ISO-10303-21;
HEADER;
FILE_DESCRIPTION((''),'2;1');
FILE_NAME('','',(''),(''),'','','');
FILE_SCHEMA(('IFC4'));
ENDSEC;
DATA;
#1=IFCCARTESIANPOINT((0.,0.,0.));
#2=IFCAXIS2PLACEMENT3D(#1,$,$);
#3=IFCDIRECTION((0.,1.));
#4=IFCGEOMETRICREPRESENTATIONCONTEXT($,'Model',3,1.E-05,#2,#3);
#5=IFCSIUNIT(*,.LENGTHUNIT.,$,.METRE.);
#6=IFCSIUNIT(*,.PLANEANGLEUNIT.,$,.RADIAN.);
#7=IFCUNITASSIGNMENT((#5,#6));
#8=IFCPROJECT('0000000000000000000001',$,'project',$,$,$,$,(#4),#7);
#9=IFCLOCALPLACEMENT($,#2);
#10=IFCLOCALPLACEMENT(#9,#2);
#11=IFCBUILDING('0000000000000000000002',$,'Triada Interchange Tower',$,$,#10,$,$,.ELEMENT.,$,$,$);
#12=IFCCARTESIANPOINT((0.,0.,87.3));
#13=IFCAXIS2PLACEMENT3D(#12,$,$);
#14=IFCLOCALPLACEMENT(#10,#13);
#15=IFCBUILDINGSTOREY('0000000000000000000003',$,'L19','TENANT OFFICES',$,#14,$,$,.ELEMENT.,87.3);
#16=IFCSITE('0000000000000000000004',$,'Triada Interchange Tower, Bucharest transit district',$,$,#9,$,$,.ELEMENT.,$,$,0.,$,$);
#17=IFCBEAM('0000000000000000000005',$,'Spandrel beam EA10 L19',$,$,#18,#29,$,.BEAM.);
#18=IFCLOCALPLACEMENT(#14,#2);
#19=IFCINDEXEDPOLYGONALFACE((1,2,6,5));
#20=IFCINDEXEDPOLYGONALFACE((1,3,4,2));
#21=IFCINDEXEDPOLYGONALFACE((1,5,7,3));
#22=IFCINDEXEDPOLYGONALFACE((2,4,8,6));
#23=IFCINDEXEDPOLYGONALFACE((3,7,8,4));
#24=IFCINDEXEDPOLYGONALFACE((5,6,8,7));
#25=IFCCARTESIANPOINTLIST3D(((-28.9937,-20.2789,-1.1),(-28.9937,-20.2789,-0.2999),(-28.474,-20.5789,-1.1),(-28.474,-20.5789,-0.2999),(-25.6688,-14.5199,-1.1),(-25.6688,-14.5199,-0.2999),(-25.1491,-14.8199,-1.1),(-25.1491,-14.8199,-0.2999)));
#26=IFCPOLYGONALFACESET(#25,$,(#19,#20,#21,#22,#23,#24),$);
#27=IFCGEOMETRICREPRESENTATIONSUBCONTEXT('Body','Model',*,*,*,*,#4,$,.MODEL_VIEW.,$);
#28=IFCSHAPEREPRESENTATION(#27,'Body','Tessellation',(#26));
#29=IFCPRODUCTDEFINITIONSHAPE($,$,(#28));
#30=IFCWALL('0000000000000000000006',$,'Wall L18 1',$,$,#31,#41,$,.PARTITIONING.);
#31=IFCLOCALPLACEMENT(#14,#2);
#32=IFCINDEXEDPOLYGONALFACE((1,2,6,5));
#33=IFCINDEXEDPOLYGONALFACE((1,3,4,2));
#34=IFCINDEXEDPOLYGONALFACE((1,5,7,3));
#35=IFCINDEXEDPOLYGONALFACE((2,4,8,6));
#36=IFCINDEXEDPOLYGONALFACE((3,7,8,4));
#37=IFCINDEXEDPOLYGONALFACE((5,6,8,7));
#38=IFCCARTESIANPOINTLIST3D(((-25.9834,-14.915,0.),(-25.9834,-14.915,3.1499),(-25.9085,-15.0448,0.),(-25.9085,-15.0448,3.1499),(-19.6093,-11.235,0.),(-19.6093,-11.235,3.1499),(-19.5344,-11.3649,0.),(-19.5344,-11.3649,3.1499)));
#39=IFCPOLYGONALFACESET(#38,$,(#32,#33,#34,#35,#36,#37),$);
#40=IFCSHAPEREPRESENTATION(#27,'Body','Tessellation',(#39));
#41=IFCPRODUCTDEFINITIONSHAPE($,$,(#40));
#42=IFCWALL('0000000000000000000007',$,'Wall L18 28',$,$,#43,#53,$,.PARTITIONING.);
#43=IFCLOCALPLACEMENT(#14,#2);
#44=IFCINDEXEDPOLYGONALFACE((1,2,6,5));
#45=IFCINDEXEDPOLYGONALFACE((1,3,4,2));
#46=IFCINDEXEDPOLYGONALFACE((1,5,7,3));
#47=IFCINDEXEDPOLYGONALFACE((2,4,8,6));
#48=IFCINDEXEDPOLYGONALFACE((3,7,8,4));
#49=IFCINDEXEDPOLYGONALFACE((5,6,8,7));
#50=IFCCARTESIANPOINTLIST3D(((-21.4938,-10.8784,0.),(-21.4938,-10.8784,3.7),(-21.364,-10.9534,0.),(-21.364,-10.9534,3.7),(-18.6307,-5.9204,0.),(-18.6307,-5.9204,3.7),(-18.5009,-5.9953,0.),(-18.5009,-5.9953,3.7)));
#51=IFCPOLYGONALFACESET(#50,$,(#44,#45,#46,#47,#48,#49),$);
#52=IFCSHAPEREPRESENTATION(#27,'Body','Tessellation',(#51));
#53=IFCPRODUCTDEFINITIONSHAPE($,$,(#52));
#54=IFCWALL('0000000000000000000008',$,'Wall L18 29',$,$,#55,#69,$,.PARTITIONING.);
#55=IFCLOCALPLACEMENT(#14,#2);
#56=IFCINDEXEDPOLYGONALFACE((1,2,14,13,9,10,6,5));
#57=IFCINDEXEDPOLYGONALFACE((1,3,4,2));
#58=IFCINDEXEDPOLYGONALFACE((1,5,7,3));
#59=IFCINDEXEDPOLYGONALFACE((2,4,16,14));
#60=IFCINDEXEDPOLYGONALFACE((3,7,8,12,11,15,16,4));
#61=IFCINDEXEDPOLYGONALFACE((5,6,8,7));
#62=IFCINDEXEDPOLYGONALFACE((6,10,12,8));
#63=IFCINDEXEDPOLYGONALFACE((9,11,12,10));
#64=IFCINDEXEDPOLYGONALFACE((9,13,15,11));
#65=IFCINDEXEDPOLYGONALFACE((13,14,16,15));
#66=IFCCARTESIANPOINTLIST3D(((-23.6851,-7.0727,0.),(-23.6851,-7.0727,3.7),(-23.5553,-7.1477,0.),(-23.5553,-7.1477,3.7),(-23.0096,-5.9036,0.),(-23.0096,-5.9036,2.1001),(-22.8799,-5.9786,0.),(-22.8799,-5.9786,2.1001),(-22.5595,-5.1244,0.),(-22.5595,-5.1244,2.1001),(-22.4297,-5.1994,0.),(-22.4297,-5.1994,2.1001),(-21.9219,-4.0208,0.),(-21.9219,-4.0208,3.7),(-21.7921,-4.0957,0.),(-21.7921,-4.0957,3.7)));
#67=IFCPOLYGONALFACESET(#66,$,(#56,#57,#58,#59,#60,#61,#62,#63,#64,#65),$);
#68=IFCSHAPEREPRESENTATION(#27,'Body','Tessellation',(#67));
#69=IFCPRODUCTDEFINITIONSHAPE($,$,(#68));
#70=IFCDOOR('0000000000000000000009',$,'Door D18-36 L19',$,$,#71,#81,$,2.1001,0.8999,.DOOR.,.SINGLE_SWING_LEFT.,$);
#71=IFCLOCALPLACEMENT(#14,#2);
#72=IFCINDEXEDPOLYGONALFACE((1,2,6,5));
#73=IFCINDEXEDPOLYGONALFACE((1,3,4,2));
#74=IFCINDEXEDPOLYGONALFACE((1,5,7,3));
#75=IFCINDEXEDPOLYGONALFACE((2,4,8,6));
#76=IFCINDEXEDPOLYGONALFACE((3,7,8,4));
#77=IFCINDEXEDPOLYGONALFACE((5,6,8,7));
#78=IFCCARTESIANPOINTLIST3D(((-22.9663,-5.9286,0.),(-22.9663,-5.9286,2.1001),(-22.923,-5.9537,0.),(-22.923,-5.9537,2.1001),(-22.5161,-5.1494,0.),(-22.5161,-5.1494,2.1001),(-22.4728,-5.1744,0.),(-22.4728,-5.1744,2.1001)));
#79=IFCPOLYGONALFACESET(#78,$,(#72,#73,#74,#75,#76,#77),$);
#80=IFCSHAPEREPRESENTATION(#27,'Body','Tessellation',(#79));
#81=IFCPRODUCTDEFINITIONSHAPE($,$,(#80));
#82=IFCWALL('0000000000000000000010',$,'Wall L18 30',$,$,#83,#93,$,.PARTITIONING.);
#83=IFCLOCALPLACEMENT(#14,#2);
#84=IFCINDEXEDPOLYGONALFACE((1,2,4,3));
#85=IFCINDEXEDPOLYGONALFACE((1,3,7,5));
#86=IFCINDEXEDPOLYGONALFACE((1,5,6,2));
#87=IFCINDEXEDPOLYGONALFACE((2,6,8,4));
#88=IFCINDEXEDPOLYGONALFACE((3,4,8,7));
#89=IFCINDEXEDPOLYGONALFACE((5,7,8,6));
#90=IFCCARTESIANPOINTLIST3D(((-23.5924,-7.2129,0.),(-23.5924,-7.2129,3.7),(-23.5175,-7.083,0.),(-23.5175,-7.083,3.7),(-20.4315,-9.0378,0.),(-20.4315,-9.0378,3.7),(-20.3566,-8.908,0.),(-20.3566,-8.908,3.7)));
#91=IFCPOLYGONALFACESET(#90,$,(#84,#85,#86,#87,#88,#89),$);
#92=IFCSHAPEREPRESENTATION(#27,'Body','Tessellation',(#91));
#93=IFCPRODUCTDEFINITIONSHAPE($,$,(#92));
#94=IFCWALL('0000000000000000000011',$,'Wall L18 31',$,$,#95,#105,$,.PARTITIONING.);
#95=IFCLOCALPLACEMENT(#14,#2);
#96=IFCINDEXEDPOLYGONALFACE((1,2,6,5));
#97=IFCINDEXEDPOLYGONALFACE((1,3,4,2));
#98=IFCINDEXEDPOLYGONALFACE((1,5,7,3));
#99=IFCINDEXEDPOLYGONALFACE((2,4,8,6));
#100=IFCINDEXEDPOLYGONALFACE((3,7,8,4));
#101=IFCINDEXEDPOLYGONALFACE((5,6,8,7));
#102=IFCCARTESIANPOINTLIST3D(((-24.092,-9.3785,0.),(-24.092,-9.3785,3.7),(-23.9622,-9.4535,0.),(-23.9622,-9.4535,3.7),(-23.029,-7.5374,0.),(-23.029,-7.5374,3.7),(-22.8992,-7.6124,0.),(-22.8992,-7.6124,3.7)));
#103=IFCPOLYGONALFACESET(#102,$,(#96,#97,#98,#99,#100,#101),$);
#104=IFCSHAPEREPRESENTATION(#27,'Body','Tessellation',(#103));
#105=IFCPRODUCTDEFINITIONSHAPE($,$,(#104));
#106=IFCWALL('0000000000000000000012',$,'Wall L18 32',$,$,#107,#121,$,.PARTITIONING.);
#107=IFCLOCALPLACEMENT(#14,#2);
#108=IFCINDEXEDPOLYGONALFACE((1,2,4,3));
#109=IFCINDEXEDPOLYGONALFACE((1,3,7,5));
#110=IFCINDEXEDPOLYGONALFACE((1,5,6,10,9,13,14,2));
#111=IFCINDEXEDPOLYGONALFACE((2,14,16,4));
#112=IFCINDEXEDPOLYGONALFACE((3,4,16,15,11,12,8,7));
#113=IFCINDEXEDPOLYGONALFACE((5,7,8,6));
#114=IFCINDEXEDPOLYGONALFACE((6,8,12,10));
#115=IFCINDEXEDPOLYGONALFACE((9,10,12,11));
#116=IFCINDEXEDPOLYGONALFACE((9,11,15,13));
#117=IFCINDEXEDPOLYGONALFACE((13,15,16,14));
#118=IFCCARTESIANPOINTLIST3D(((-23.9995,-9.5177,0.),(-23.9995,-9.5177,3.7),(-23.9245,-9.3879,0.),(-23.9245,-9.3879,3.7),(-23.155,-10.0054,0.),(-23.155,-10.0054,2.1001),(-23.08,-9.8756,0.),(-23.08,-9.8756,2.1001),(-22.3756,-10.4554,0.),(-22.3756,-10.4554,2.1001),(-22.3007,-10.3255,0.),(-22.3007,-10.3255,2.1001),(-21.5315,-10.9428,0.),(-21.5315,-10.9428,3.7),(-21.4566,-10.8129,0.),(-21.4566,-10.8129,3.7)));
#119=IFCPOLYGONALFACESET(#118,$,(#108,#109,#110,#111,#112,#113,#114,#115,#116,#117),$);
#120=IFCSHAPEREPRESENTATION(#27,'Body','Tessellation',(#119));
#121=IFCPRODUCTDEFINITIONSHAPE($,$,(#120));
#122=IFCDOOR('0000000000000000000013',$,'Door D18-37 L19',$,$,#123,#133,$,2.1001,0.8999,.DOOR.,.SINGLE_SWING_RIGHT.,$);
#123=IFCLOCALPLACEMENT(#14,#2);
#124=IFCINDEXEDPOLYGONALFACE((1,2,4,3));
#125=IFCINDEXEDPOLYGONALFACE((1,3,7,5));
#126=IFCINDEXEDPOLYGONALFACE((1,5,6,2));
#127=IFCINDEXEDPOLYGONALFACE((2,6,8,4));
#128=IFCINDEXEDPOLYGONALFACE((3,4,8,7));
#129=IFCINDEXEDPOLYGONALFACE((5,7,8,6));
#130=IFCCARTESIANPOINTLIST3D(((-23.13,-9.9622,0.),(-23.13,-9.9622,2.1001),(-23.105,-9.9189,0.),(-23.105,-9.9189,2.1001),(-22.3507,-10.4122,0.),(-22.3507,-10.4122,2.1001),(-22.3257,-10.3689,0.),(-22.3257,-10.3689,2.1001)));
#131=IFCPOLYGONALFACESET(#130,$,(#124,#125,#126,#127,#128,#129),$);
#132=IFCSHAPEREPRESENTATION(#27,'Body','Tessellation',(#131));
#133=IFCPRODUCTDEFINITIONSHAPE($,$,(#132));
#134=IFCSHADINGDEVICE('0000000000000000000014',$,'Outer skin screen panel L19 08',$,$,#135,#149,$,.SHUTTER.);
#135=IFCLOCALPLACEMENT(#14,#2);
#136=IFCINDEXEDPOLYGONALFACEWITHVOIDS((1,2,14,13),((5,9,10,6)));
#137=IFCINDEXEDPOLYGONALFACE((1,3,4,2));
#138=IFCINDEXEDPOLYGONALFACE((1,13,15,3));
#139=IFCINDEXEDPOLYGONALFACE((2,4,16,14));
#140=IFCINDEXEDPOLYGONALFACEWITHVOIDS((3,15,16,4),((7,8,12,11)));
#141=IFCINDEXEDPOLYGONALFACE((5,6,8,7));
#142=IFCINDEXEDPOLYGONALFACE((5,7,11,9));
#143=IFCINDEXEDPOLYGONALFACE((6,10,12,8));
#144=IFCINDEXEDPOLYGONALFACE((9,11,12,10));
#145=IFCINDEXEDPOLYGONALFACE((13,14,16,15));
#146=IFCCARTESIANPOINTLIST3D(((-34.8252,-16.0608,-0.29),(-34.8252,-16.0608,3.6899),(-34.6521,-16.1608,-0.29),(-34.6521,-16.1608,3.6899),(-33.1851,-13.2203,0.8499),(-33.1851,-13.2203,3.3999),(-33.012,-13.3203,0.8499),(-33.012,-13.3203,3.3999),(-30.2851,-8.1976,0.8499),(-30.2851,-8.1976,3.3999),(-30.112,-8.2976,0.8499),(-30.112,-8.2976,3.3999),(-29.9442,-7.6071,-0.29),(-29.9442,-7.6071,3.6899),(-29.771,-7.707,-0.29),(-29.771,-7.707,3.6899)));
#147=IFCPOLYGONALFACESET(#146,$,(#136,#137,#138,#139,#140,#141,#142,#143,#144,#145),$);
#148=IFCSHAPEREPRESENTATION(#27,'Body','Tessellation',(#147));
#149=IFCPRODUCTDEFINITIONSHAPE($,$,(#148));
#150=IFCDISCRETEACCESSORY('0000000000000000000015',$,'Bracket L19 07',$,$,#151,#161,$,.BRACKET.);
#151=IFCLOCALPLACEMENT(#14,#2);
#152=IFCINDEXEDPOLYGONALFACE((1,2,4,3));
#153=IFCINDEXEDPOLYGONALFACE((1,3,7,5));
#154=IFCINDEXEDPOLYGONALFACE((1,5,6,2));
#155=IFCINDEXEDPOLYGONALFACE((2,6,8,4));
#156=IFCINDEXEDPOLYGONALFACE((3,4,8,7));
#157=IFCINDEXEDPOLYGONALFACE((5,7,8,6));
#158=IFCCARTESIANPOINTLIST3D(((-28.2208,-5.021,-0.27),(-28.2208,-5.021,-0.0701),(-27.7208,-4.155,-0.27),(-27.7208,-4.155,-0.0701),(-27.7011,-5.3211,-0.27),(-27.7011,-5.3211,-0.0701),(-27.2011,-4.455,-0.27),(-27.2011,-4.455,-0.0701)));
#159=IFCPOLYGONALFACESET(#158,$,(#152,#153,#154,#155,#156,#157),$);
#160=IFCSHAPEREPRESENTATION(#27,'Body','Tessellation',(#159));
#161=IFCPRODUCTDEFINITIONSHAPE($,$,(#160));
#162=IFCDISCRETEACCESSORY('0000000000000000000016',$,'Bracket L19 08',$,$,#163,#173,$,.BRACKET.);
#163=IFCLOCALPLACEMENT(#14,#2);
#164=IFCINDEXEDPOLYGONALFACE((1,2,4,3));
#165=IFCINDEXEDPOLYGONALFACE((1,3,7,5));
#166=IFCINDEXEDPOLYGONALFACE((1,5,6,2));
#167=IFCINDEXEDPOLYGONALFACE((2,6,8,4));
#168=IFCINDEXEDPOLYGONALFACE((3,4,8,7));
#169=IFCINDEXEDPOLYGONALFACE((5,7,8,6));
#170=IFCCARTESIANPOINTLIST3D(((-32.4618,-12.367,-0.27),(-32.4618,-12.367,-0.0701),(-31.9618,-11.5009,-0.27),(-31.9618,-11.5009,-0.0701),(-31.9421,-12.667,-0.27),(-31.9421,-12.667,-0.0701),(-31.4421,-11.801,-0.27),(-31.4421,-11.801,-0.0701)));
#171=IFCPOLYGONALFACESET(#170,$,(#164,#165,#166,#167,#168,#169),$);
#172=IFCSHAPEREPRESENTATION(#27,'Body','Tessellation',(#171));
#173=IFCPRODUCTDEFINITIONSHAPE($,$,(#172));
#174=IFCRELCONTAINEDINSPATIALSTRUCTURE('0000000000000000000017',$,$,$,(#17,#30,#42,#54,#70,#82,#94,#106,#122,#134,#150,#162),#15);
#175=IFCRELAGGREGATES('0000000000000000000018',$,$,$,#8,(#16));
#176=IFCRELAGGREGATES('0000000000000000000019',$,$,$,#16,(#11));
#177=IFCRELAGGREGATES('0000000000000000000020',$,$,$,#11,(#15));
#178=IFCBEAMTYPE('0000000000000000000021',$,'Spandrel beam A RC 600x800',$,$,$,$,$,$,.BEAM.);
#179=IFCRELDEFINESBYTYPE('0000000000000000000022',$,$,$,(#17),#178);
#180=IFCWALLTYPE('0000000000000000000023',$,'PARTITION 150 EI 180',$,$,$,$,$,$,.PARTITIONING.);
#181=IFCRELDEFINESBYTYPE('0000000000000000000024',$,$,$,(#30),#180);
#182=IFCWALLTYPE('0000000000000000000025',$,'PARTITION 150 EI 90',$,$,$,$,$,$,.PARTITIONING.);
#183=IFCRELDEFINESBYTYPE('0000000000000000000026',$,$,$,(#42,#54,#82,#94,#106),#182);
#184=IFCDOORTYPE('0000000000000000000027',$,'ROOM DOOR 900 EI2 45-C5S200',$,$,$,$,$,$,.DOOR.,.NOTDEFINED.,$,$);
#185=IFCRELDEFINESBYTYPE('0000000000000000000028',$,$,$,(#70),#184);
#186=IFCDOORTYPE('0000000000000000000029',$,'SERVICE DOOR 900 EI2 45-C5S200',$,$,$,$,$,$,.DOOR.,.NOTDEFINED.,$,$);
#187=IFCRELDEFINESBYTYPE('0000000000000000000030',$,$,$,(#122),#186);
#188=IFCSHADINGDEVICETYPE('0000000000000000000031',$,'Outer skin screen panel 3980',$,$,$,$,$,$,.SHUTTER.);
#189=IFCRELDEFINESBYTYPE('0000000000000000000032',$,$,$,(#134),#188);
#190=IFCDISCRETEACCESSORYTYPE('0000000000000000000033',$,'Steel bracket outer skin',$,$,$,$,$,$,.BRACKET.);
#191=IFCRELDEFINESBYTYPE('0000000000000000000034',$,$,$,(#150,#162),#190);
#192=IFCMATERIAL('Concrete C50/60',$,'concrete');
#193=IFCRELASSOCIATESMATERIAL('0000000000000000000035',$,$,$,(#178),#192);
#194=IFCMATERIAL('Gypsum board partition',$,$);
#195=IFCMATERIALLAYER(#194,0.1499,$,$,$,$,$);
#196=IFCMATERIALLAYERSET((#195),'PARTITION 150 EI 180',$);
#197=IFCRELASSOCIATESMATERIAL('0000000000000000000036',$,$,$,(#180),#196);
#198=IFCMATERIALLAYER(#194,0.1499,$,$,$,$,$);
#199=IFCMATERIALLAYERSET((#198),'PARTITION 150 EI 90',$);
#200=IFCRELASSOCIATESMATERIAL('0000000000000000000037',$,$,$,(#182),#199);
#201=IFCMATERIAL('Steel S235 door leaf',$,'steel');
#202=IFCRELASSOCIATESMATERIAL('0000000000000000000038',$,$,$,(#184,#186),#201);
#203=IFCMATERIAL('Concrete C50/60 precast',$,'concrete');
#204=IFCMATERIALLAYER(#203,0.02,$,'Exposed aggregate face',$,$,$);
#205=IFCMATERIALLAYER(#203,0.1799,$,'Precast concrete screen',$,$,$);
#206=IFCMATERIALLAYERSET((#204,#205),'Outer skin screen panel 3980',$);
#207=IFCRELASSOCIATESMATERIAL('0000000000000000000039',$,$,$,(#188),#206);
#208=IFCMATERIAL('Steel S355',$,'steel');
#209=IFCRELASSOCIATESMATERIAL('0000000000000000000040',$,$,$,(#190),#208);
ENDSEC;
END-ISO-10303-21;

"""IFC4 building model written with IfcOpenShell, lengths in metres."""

from ifc_helpers import new_model, si_unit, direction, frame, frame_2d, origin, origin_2d, place, context, subcontext, project, spatial, polyline, rectangle, outline, extrude, material, layer, layer_set, material_profile, profile_set, type_object, element, fill, save


model = new_model("IFC4")

# Units and contexts
model_context = context("Model", 3, precision=1e-05, world=origin(), true_north=direction((0.0, 1.0)))
body_context = subcontext(model_context, "Body", "Model", "MODEL_VIEW")
ifc_project = project(units=[si_unit("LENGTHUNIT", "METRE"), si_unit("PLANEANGLEUNIT", "RADIAN")], contexts=[model_context])

# Site, building, storey
site_placement = place(None, origin())
site = spatial("IfcSite", under=ifc_project, at=site_placement, Name="Triada Interchange Tower, Bucharest transit district", CompositionType="ELEMENT", RefElevation=0.0)
building_placement = place(site_placement, origin())
building = spatial("IfcBuilding", under=site, at=building_placement, Name="Triada Interchange Tower", CompositionType="ELEMENT")
storey_placement = place(building_placement, frame((0.0, 0.0, 87.3)))
storey = spatial("IfcBuildingStorey", under=building, at=storey_placement, Name="L19", Description="TENANT OFFICES", CompositionType="ELEMENT", Elevation=87.3)

# Beam
ifc_material_1 = material(Name="Concrete C50/60", Category="concrete")
ifc_material_profile_1 = material_profile(ifc_material_1, rectangle(XDim=0.6001, YDim=0.8, at=origin_2d()), Name="RC 600x800")
ifc_profile_set_1 = profile_set([ifc_material_profile_1], Name="Concrete C50/60")
beam_type_1 = type_object("IfcBeamType", Name="Spandrel beam A RC 600x800", PredefinedType="BEAM", material=ifc_profile_set_1)
beam_1_placement = place(storey_placement, frame((-25.4089, -14.6699, -0.7), z_axis=(-0.499997, -0.866027, 0.0), x_axis=(0.866027, -0.499997, 0.0)))
element("IfcBeam", 1, at=beam_1_placement, inside=storey, type_object=beam_type_1, Name="Spandrel beam EA10 L19", PredefinedType="BEAM", context=body_context, shape_type="SweptSolid", body=[
    extrude(rectangle(XDim=0.6001, YDim=0.8, at=origin_2d()), origin(), (0.0, 0.0, 1.0), 6.6499),
])

# Walls
ifc_material_2 = material(Name="Gypsum board partition")
ifc_layer_1 = layer(ifc_material_2, 0.1499)
ifc_layer_set_1 = layer_set([ifc_layer_1], Name="PARTITION 150 EI 180")
wall_type_1 = type_object("IfcWallType", Name="PARTITION 150 EI 180", PredefinedType="PARTITIONING", material=ifc_layer_set_1)
wall_1_placement = place(storey_placement, frame((-25.946, -14.98, 0.0), z_axis=(0.0, 0.0, 1.0), x_axis=(0.866032, 0.499989, 0.0)))
element("IfcWall", 2, at=wall_1_placement, inside=storey, type_object=wall_type_1, Name="Wall L18 1", PredefinedType="PARTITIONING", context=body_context, shape_type="SweptSolid", body=[
    extrude(rectangle(XDim=7.3601, YDim=0.1499, at=frame_2d((3.6802, 0.0))), origin(), (0.0, 0.0, 1.0), 3.1499),
])
ifc_layer_2 = layer(ifc_material_2, 0.1499)
ifc_layer_set_2 = layer_set([ifc_layer_2], Name="PARTITION 150 EI 90")
wall_type_2 = type_object("IfcWallType", Name="PARTITION 150 EI 90", PredefinedType="PARTITIONING", material=ifc_layer_set_2)
wall_2_placement = place(storey_placement, frame((-21.429, -10.916, 0.0), z_axis=(0.0, 0.0, 1.0), x_axis=(0.500069, 0.865985, 0.0)))
element("IfcWall", 3, at=wall_2_placement, inside=storey, type_object=wall_type_2, Name="Wall L18 28", PredefinedType="PARTITIONING", context=body_context, shape_type="SweptSolid", body=[
    extrude(rectangle(XDim=5.7253, YDim=0.1499, at=frame_2d((2.8628, 0.0))), origin(), (0.0, 0.0, 1.0), 3.7),
])

# Wall, opening, door
wall_3_placement = place(storey_placement, frame((-23.6201, -7.1101, 0.0), z_axis=(0.0, 0.0, 1.0), x_axis=(0.500236, 0.865889, 0.0)))
wall_3 = element("IfcWall", 4, at=wall_3_placement, inside=storey, type_object=wall_type_2, Name="Wall L18 29", PredefinedType="PARTITIONING", context=body_context, shape_type="SweptSolid", body=[
    extrude(rectangle(XDim=3.5247, YDim=0.1499, at=frame_2d((1.7622, 0.0))), origin(), (0.0, 0.0, 1.0), 3.7),
])
opening_1_placement = place(wall_3_placement, frame((1.3501, 0.0, 0.0)))
opening_1 = element("IfcOpeningElement", 5, at=opening_1_placement, cuts=wall_3, PredefinedType="OPENING", context=body_context, shape_type="SweptSolid", body=[
    extrude(rectangle(XDim=0.8999, YDim=2.1001, at=frame_2d((0.45, 1.05))), frame((0.0, 0.085, 0.0), z_axis=(0.0, -1.0, 0.0), x_axis=(1.0, 0.0, 0.0)), (0.0, 0.0, 1.0), 0.1699),
])
ifc_material_3 = material(Name="Steel S235 door leaf", Category="steel")
door_type_1 = type_object("IfcDoorType", Name="ROOM DOOR 900 EI2 45-C5S200", OperationType="NOTDEFINED", PredefinedType="DOOR", material=ifc_material_3)
door_1_placement = place(opening_1_placement, origin())
door_1 = element("IfcDoor", 6, at=door_1_placement, inside=storey, type_object=door_type_1, Name="Door D18-36 L19", OperationType="SINGLE_SWING_LEFT", OverallHeight=2.1001, OverallWidth=0.8999, PredefinedType="DOOR", context=body_context, shape_type="SweptSolid", body=[
    extrude(rectangle(XDim=0.8999, YDim=2.1001, at=frame_2d((0.45, 1.05))), frame((0.0, 0.0249, 0.0), z_axis=(0.0, -1.0, 0.0), x_axis=(1.0, 0.0, 0.0)), (0.0, 0.0, 1.0), 0.05),
])
fill(opening_1, door_1)

# Walls
wall_4_placement = place(storey_placement, frame((-23.5549, -7.1479, 0.0), z_axis=(0.0, 0.0, 1.0), x_axis=(0.866024, -0.500002, 0.0)))
element("IfcWall", 7, at=wall_4_placement, inside=storey, type_object=wall_type_2, Name="Wall L18 30", PredefinedType="PARTITIONING", context=body_context, shape_type="SweptSolid", body=[
    extrude(rectangle(XDim=3.6499, YDim=0.1499, at=frame_2d((1.825, 0.0))), origin(), (0.0, 0.0, 1.0), 3.7),
])
wall_5_placement = place(storey_placement, frame((-24.0271, -9.416, 0.0), z_axis=(0.0, 0.0, 1.0), x_axis=(0.500017, 0.866015, 0.0)))
element("IfcWall", 8, at=wall_5_placement, inside=storey, type_object=wall_type_2, Name="Wall L18 31", PredefinedType="PARTITIONING", context=body_context, shape_type="SweptSolid", body=[
    extrude(rectangle(XDim=2.126, YDim=0.1499, at=frame_2d((1.063, 0.0))), origin(), (0.0, 0.0, 1.0), 3.7),
])

# Wall, opening, door
wall_6_placement = place(storey_placement, frame((-23.9619, -9.4529, 0.0), z_axis=(0.0, 0.0, 1.0), x_axis=(0.866004, -0.500036, 0.0)))
wall_6 = element("IfcWall", 9, at=wall_6_placement, inside=storey, type_object=wall_type_2, Name="Wall L18 32", PredefinedType="PARTITIONING", context=body_context, shape_type="SweptSolid", body=[
    extrude(rectangle(XDim=2.8499, YDim=0.1499, at=frame_2d((1.4248, 0.0))), origin(), (0.0, 0.0, 1.0), 3.7),
])
opening_2_placement = place(wall_6_placement, frame((0.9751, 0.0, 0.0)))
opening_2 = element("IfcOpeningElement", 10, at=opening_2_placement, cuts=wall_6, PredefinedType="OPENING", context=body_context, shape_type="SweptSolid", body=[
    extrude(rectangle(XDim=0.8999, YDim=2.1001, at=frame_2d((0.45, 1.05))), frame((0.0, 0.085, 0.0), z_axis=(0.0, -1.0, 0.0), x_axis=(1.0, 0.0, 0.0)), (0.0, 0.0, 1.0), 0.1699),
])
door_type_2 = type_object("IfcDoorType", Name="SERVICE DOOR 900 EI2 45-C5S200", OperationType="NOTDEFINED", PredefinedType="DOOR", material=ifc_material_3)
door_2_placement = place(opening_2_placement, origin())
door_2 = element("IfcDoor", 11, at=door_2_placement, inside=storey, type_object=door_type_2, Name="Door D18-37 L19", OperationType="SINGLE_SWING_RIGHT", OverallHeight=2.1001, OverallWidth=0.8999, PredefinedType="DOOR", context=body_context, shape_type="SweptSolid", body=[
    extrude(rectangle(XDim=0.8999, YDim=2.1001, at=frame_2d((0.45, 1.05))), frame((0.0, 0.0249, 0.0), z_axis=(0.0, -1.0, 0.0), x_axis=(1.0, 0.0, 0.0)), (0.0, 0.0, 1.0), 0.05),
])
fill(opening_2, door_2)

# Shading device
ifc_material_4 = material(Name="Concrete C50/60 precast", Category="concrete")
ifc_layer_3 = layer(ifc_material_4, 0.02, Name="Exposed aggregate face")
ifc_layer_4 = layer(ifc_material_4, 0.1799, Name="Precast concrete screen")
ifc_layer_set_3 = layer_set([ifc_layer_3, ifc_layer_4], Name="Outer skin screen panel 3980")
shading_device_type = type_object("IfcShadingDeviceType", Name="Outer skin screen panel 3980", PredefinedType="SHUTTER", material=ifc_layer_set_3)
shading_device_placement = place(storey_placement, frame((-29.771, -7.707, -0.29), z_axis=(0.0, 0.0, 1.0), x_axis=(-0.50002, -0.866014, 0.0)))
element("IfcShadingDevice", 12, at=shading_device_placement, inside=storey, type_object=shading_device_type, Name="Outer skin screen panel L19 08", PredefinedType="SHUTTER", context=body_context, shape_type="SweptSolid", body=[
    extrude(outline(polyline([(0.0, 0.0), (9.7617, 0.0), (9.7617, 3.98), (0.0, 3.98), (0.0, 0.0)]), holes=[polyline([(0.6819, 1.1399), (0.6819, 3.6899), (6.4817, 3.6899), (6.4817, 1.1399), (0.6819, 1.1399)])]), frame((0.0, 0.0, 0.0), z_axis=(0.0, -1.0, 0.0), x_axis=(1.0, 0.0, 0.0)), (0.0, 0.0, 1.0), 0.2),
])

# Discrete accessories
ifc_material_5 = material(Name="Steel S355", Category="steel")
discrete_accessory_type = type_object("IfcDiscreteAccessoryType", Name="Steel bracket outer skin", PredefinedType="BRACKET", material=ifc_material_5)
for number, where, z_axis, x_axis, name in (
    (13, (-27.7109, -4.738, -0.27), (0.0, 0.0, 1.0), (-0.866025, 0.5, 0.0), "Bracket L19 07"),
    (14, (-31.9519, -12.084, -0.27), (0.0, 0.0, 1.0), (-0.866025, 0.5, 0.0), "Bracket L19 08"),
):
    element("IfcDiscreteAccessory", number, at=place(storey_placement, frame(where, z_axis=z_axis, x_axis=x_axis)), inside=storey, type_object=discrete_accessory_type, Name=name, PredefinedType="BRACKET", context=body_context, shape_type="SweptSolid", body=[
        extrude(rectangle(XDim=0.6001, YDim=1.0, at=origin_2d()), origin(), (0.0, 0.0, 1.0), 0.2),
    ])

save(model, "model.ifc")
